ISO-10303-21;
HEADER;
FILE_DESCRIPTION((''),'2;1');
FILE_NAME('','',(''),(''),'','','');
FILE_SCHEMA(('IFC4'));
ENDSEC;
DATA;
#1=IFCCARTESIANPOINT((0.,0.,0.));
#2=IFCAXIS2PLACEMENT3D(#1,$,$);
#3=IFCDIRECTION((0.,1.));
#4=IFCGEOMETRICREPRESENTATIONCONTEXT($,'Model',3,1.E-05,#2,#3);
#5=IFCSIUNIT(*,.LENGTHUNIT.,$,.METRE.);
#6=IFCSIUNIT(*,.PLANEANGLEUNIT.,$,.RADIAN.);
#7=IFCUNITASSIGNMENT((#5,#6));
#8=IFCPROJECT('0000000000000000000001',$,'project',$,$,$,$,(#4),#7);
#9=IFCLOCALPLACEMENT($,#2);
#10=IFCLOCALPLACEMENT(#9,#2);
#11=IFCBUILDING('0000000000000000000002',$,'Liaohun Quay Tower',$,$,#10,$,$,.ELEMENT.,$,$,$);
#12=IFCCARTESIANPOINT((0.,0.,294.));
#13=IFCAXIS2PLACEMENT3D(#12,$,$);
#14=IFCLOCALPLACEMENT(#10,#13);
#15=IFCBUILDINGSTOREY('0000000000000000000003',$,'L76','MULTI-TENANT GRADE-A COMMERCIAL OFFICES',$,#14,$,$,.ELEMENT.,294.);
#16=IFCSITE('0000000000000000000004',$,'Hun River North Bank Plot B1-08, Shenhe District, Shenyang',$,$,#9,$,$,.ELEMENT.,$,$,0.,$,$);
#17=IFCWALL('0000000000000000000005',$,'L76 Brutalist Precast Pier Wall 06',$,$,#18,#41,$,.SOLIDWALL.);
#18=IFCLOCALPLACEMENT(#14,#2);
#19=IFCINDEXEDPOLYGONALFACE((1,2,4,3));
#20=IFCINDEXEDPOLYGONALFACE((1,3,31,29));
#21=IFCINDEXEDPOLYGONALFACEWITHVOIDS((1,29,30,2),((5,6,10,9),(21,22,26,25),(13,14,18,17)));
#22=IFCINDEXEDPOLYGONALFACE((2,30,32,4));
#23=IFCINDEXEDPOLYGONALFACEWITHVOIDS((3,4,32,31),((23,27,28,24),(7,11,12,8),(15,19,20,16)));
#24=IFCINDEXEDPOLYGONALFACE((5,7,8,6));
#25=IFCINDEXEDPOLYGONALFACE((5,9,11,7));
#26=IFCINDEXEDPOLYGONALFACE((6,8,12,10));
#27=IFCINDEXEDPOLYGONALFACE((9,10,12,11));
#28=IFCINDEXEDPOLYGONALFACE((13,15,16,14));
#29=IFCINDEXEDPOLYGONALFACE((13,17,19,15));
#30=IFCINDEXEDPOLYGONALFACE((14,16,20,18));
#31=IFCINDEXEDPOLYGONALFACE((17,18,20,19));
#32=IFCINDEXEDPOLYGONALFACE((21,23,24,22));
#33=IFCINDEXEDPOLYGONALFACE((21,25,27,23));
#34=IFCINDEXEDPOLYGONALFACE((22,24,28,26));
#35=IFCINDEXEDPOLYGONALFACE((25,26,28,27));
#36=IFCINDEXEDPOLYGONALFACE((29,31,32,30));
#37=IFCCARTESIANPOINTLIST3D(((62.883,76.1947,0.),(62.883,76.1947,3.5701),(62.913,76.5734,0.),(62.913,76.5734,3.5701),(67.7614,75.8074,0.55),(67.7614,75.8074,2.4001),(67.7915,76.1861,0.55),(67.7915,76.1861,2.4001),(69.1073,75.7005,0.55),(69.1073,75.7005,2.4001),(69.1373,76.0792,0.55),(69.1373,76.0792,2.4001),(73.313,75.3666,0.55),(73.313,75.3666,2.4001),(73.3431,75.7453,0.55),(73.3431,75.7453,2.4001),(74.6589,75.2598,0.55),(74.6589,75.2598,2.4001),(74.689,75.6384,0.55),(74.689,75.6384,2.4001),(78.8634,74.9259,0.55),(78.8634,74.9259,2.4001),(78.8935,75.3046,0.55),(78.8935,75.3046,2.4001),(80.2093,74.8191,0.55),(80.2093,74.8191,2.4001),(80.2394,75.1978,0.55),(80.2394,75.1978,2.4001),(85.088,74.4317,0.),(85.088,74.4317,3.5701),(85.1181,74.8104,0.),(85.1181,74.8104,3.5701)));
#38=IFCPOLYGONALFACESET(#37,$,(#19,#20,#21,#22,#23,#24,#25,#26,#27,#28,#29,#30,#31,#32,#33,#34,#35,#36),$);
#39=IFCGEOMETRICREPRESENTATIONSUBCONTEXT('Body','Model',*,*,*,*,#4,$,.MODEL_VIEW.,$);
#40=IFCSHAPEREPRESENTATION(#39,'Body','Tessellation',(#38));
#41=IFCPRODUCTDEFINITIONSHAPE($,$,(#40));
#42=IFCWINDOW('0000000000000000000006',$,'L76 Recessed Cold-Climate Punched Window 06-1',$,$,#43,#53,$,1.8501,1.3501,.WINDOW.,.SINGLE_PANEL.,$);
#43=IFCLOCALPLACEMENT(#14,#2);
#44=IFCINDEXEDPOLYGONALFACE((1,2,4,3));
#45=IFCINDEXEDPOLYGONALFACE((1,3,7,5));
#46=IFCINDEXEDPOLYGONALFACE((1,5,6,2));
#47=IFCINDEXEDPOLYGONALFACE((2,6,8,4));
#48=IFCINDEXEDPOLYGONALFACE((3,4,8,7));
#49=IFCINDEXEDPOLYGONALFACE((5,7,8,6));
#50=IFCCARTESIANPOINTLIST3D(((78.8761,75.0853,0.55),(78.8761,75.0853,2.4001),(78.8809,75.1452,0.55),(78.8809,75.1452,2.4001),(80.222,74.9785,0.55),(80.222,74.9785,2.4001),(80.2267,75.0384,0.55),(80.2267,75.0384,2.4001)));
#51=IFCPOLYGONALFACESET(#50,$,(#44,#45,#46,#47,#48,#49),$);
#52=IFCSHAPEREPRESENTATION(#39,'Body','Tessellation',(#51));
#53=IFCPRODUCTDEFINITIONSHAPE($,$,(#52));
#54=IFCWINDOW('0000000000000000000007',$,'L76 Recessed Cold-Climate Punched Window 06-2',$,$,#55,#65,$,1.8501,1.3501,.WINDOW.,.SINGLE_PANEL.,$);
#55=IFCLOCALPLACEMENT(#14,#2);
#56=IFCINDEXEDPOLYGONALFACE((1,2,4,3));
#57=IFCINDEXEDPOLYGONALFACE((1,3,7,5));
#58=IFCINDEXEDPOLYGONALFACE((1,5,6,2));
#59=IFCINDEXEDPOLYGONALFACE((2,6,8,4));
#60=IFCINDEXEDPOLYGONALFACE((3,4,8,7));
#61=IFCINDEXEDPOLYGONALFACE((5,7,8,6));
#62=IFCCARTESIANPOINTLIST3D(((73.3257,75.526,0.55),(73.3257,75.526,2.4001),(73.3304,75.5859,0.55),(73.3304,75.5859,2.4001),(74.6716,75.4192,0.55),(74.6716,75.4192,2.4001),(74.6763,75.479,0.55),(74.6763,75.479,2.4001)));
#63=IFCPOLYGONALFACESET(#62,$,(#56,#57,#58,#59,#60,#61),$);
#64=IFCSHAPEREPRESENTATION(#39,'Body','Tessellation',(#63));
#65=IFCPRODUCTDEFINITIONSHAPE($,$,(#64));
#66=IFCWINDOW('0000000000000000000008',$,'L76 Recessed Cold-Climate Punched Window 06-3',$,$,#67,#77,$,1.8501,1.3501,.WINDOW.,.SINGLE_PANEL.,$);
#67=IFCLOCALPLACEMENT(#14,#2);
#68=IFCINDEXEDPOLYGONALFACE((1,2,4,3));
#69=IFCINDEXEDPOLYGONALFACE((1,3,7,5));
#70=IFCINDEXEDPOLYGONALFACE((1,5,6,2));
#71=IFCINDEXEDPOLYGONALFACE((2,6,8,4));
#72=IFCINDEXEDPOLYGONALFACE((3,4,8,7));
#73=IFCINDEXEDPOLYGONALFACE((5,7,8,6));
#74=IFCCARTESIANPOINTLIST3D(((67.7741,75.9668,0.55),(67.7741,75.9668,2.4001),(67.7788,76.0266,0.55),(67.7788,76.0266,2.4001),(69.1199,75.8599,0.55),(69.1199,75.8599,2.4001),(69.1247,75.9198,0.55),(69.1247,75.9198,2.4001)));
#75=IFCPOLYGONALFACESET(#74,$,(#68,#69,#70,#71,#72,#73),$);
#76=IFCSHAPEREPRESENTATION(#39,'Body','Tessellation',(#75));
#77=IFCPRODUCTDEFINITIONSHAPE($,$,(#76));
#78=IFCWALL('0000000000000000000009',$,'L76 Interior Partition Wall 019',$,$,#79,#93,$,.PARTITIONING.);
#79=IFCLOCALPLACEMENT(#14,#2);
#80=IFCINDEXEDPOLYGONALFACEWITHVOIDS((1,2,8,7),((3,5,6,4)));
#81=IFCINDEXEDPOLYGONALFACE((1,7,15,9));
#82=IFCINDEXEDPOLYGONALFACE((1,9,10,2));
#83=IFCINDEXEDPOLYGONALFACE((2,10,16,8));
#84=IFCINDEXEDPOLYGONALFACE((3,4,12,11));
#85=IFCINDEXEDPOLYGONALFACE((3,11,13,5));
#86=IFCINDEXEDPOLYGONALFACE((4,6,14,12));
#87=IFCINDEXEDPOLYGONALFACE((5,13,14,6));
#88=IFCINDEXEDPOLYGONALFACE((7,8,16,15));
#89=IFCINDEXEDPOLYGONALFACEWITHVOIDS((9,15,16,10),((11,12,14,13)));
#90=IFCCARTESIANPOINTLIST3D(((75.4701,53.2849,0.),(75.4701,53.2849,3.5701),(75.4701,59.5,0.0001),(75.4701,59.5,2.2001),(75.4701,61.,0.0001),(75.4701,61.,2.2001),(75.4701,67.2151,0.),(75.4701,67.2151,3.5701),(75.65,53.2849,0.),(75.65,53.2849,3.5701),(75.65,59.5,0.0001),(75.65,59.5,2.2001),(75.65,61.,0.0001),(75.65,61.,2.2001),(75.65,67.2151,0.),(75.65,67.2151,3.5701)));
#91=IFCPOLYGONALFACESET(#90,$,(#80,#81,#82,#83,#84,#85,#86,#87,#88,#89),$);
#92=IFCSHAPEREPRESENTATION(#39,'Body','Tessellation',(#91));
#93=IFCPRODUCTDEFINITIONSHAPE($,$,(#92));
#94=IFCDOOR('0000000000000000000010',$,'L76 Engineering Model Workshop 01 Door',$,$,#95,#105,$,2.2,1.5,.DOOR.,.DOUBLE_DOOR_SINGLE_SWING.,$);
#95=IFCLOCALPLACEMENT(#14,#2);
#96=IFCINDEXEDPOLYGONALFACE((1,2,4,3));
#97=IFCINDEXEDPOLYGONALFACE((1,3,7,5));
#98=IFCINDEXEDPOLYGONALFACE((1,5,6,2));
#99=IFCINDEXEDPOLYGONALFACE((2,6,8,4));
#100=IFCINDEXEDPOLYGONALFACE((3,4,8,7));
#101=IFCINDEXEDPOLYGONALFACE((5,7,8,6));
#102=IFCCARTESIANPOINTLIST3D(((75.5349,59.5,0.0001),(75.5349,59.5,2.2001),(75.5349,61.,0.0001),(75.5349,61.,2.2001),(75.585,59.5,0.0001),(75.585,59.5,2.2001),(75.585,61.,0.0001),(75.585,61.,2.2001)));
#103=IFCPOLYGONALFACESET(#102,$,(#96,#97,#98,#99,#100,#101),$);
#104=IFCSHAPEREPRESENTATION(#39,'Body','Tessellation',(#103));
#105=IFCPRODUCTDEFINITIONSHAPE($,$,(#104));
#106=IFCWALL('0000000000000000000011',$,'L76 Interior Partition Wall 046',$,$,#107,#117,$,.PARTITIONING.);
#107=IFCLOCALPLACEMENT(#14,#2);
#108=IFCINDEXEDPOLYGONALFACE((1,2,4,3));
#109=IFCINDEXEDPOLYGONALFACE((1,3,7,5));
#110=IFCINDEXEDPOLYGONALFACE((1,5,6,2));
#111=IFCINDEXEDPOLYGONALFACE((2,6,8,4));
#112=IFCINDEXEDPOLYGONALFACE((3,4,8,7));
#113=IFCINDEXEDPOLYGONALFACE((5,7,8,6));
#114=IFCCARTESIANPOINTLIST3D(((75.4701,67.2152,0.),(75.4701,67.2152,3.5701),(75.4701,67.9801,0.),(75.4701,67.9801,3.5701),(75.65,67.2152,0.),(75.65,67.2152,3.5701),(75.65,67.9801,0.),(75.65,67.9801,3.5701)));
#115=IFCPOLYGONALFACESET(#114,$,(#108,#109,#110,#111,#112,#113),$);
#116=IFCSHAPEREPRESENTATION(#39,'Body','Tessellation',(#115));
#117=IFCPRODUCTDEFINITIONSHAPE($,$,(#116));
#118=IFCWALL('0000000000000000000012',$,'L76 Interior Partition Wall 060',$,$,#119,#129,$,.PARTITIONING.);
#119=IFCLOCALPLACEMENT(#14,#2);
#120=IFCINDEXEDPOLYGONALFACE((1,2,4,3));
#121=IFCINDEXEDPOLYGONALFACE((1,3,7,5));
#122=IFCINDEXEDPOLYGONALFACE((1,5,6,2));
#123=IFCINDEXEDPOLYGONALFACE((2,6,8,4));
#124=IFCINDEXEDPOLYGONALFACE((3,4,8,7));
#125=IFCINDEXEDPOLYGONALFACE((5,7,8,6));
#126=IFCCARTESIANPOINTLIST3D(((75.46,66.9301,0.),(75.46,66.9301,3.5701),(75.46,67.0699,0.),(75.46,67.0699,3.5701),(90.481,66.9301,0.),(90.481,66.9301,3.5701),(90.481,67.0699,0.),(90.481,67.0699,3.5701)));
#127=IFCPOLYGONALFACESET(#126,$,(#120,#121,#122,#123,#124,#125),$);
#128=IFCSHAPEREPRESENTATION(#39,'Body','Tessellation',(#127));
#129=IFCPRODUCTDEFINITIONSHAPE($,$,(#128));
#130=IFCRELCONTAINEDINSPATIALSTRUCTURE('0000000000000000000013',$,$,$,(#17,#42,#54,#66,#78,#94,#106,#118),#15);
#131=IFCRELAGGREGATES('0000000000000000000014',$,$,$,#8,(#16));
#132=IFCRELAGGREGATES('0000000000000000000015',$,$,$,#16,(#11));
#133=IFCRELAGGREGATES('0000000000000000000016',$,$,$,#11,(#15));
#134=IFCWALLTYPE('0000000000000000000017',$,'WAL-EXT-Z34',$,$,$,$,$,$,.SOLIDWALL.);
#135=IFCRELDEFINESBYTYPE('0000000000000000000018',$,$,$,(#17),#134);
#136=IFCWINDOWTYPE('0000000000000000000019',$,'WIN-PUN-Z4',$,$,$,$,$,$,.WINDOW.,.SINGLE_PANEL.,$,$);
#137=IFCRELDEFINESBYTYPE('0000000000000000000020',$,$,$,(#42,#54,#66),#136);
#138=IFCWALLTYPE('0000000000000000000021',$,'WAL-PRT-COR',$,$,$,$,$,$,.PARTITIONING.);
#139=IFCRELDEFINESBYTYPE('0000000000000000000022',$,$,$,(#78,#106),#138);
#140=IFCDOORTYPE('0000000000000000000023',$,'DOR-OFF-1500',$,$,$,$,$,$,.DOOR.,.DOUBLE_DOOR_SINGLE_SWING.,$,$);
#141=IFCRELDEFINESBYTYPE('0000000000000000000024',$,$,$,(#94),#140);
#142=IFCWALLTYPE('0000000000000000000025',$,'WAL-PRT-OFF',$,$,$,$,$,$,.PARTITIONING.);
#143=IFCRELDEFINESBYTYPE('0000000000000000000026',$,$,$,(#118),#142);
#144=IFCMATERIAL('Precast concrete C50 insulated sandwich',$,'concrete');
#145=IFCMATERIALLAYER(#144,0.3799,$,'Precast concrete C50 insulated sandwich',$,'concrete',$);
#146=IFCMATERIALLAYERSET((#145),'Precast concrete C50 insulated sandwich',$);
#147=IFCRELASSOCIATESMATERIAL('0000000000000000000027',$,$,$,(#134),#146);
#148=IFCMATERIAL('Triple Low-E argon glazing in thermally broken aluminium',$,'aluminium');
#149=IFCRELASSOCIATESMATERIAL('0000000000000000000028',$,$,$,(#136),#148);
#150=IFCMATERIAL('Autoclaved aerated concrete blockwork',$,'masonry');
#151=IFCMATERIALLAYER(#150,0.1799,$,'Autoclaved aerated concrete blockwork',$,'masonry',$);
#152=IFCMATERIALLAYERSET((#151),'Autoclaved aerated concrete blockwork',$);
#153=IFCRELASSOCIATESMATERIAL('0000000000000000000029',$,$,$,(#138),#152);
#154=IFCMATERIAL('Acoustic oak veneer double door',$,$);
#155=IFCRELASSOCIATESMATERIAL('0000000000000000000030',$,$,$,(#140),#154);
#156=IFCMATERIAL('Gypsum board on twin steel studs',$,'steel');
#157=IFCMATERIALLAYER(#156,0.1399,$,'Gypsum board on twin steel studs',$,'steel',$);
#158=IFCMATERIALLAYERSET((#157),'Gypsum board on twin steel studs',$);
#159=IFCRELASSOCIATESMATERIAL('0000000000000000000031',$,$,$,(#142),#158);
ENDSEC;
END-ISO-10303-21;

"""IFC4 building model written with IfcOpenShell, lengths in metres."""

from ifc_helpers import new_model, si_unit, direction, frame, frame_2d, origin, place, context, subcontext, project, spatial, rectangle, extrude, source, transform, mapped, material, layer, layer_set, type_object, element, fill, save


model = new_model("IFC4")

# Units and contexts
model_context = context("Model", 3, precision=1e-05, world=origin(), true_north=direction((0.0, 1.0)))
body_context = subcontext(model_context, "Body", "Model", "MODEL_VIEW")
ifc_project = project(units=[si_unit("LENGTHUNIT", "METRE"), si_unit("PLANEANGLEUNIT", "RADIAN")], contexts=[model_context])

# Site, building, storey
site_placement = place(None, origin())
site = spatial("IfcSite", under=ifc_project, at=site_placement, Name="Hun River North Bank Plot B1-08, Shenhe District, Shenyang", CompositionType="ELEMENT", RefElevation=0.0)
building_placement = place(site_placement, origin())
building = spatial("IfcBuilding", under=site, at=building_placement, Name="Liaohun Quay Tower", CompositionType="ELEMENT")
storey_placement = place(building_placement, frame((0.0, 0.0, 294.0)))
storey = spatial("IfcBuildingStorey", under=building, at=storey_placement, Name="L76", Description="MULTI-TENANT GRADE-A COMMERCIAL OFFICES", CompositionType="ELEMENT", Elevation=294.0)

# Shared definitions
ifc_material_1 = material(Name="Precast concrete C50 insulated sandwich", Category="concrete")
ifc_layer_1 = layer(ifc_material_1, 0.3799, Name="Precast concrete C50 insulated sandwich", Category="concrete")
ifc_layer_set_1 = layer_set([ifc_layer_1], Name="Precast concrete C50 insulated sandwich")
wall_type_1 = type_object("IfcWallType", Name="WAL-EXT-Z34", PredefinedType="SOLIDWALL", material=ifc_layer_set_1)

# Wall, openings, windows
wall_1_placement = place(storey_placement, frame((85.103, 74.6211, 0.0), z_axis=(0.0, 0.0, 1.0), x_axis=(-0.996863, 0.079144, 0.0)))
wall_1 = element("IfcWall", 1, at=wall_1_placement, inside=storey, type_object=wall_type_1, Name="L76 Brutalist Precast Pier Wall 06", PredefinedType="SOLIDWALL", context=body_context, shape_type="SweptSolid", body=[
    extrude(rectangle(XDim=22.2749, YDim=0.3799, at=frame_2d((11.1375, 0.0))), origin(), (0.0, 0.0, 1.0), 3.5701),
])
shared_shape_1 = source(origin(), body_context, "Body", "SweptSolid", [
    extrude(rectangle(XDim=1.3501, YDim=1.8501, at=frame_2d((0.675, 0.925))), frame((0.0, 0.2, 0.0), z_axis=(0.0, -1.0, 0.0), x_axis=(1.0, 0.0, 0.0)), (0.0, 0.0, 1.0), 0.3999),
])
opening_1_placement = place(wall_1_placement, frame((4.894, 0.0, 0.55)))
opening_1 = element("IfcOpeningElement", 2, at=opening_1_placement, cuts=wall_1, PredefinedType="OPENING", context=body_context, shape_type="MappedRepresentation", body=[
    mapped(shared_shape_1, transform((0.0, 0.0, 0.0), x_axis=(1.0, 0.0, 0.0), y_axis=(0.0, 1.0, 0.0), z_axis=(0.0, 0.0, 1.0), scale=1.0)),
])
opening_2_placement = place(wall_1_placement, frame((10.4619, 0.0, 0.55)))
opening_2 = element("IfcOpeningElement", 3, at=opening_2_placement, cuts=wall_1, PredefinedType="OPENING", context=body_context, shape_type="MappedRepresentation", body=[
    mapped(shared_shape_1, transform((0.0, 0.0, 0.0), x_axis=(1.0, 0.0, 0.0), y_axis=(0.0, 1.0, 0.0), z_axis=(0.0, 0.0, 1.0), scale=1.0)),
])
opening_3_placement = place(wall_1_placement, frame((16.031, 0.0, 0.55)))
opening_3 = element("IfcOpeningElement", 4, at=opening_3_placement, cuts=wall_1, PredefinedType="OPENING", context=body_context, shape_type="MappedRepresentation", body=[
    mapped(shared_shape_1, transform((0.0, 0.0, 0.0), x_axis=(1.0, 0.0, 0.0), y_axis=(0.0, 1.0, 0.0), z_axis=(0.0, 0.0, 1.0), scale=1.0)),
])
ifc_material_2 = material(Name="Triple Low-E argon glazing in thermally broken aluminium", Category="aluminium")
window_type_1 = type_object("IfcWindowType", Name="WIN-PUN-Z4", PartitioningType="SINGLE_PANEL", PredefinedType="WINDOW", material=ifc_material_2)
shared_shape_2 = source(origin(), body_context, "Body", "SweptSolid", [
    extrude(rectangle(XDim=1.3501, YDim=1.8501, at=frame_2d((0.675, 0.925))), frame((0.0, 0.03, 0.0), z_axis=(0.0, -1.0, 0.0), x_axis=(1.0, 0.0, 0.0)), (0.0, 0.0, 1.0), 0.0601),
])
window_1_placement = place(opening_1_placement, origin())
window_1 = element("IfcWindow", 5, at=window_1_placement, inside=storey, type_object=window_type_1, Name="L76 Recessed Cold-Climate Punched Window 06-1", OverallHeight=1.8501, OverallWidth=1.3501, PartitioningType="SINGLE_PANEL", PredefinedType="WINDOW", context=body_context, shape_type="MappedRepresentation", body=[
    mapped(shared_shape_2, transform((0.0, 0.0, 0.0), x_axis=(1.0, 0.0, 0.0), y_axis=(0.0, 1.0, 0.0), z_axis=(0.0, 0.0, 1.0), scale=1.0)),
])
fill(opening_1, window_1)
window_2_placement = place(opening_2_placement, origin())
window_2 = element("IfcWindow", 6, at=window_2_placement, inside=storey, type_object=window_type_1, Name="L76 Recessed Cold-Climate Punched Window 06-2", OverallHeight=1.8501, OverallWidth=1.3501, PartitioningType="SINGLE_PANEL", PredefinedType="WINDOW", context=body_context, shape_type="MappedRepresentation", body=[
    mapped(shared_shape_2, transform((0.0, 0.0, 0.0), x_axis=(1.0, 0.0, 0.0), y_axis=(0.0, 1.0, 0.0), z_axis=(0.0, 0.0, 1.0), scale=1.0)),
])
fill(opening_2, window_2)
window_3_placement = place(opening_3_placement, origin())
window_3 = element("IfcWindow", 7, at=window_3_placement, inside=storey, type_object=window_type_1, Name="L76 Recessed Cold-Climate Punched Window 06-3", OverallHeight=1.8501, OverallWidth=1.3501, PartitioningType="SINGLE_PANEL", PredefinedType="WINDOW", context=body_context, shape_type="MappedRepresentation", body=[
    mapped(shared_shape_2, transform((0.0, 0.0, 0.0), x_axis=(1.0, 0.0, 0.0), y_axis=(0.0, 1.0, 0.0), z_axis=(0.0, 0.0, 1.0), scale=1.0)),
])
fill(opening_3, window_3)

# Wall, opening, door
ifc_material_3 = material(Name="Autoclaved aerated concrete blockwork", Category="masonry")
ifc_layer_2 = layer(ifc_material_3, 0.1799, Name="Autoclaved aerated concrete blockwork", Category="masonry")
ifc_layer_set_2 = layer_set([ifc_layer_2], Name="Autoclaved aerated concrete blockwork")
wall_type_2 = type_object("IfcWallType", Name="WAL-PRT-COR", PredefinedType="PARTITIONING", material=ifc_layer_set_2)
wall_2_placement = place(storey_placement, frame((75.5601, 67.2151, 0.0), z_axis=(0.0, 0.0, 1.0), x_axis=(0.0, -1.0, 0.0)))
wall_2 = element("IfcWall", 8, at=wall_2_placement, inside=storey, type_object=wall_type_2, Name="L76 Interior Partition Wall 019", PredefinedType="PARTITIONING", context=body_context, shape_type="SweptSolid", body=[
    extrude(rectangle(XDim=13.9302, YDim=0.1799, at=frame_2d((6.9651, 0.0))), origin(), (0.0, 0.0, 1.0), 3.5701),
])
shared_shape_3 = source(origin(), body_context, "Body", "SweptSolid", [
    extrude(rectangle(XDim=1.5, YDim=2.2, at=frame_2d((0.75, 1.1001))), frame((0.0, 0.0999, 0.0), z_axis=(0.0, -1.0, 0.0), x_axis=(1.0, 0.0, 0.0)), (0.0, 0.0, 1.0), 0.2),
])
opening_4_placement = place(wall_2_placement, frame((6.2151, 0.0, 0.0)))
opening_4 = element("IfcOpeningElement", 9, at=opening_4_placement, cuts=wall_2, PredefinedType="OPENING", context=body_context, shape_type="MappedRepresentation", body=[
    mapped(shared_shape_3, transform((0.0, 0.0, 0.0), x_axis=(1.0, 0.0, 0.0), y_axis=(0.0, 1.0, 0.0), z_axis=(0.0, 0.0, 1.0), scale=1.0)),
])
ifc_material_4 = material(Name="Acoustic oak veneer double door")
door_type = type_object("IfcDoorType", Name="DOR-OFF-1500", OperationType="DOUBLE_DOOR_SINGLE_SWING", PredefinedType="DOOR", material=ifc_material_4)
shared_shape_4 = source(origin(), body_context, "Body", "SweptSolid", [
    extrude(rectangle(XDim=1.5, YDim=2.2, at=frame_2d((0.75, 1.1001))), frame((0.0, 0.0249, 0.0), z_axis=(0.0, -1.0, 0.0), x_axis=(1.0, 0.0, 0.0)), (0.0, 0.0, 1.0), 0.05),
])
door_placement = place(opening_4_placement, origin())
door = element("IfcDoor", 10, at=door_placement, inside=storey, type_object=door_type, Name="L76 Engineering Model Workshop 01 Door", OperationType="DOUBLE_DOOR_SINGLE_SWING", OverallHeight=2.2, OverallWidth=1.5, PredefinedType="DOOR", context=body_context, shape_type="MappedRepresentation", body=[
    mapped(shared_shape_4, transform((0.0, 0.0, 0.0), x_axis=(1.0, 0.0, 0.0), y_axis=(0.0, 1.0, 0.0), z_axis=(0.0, 0.0, 1.0), scale=1.0)),
])
fill(opening_4, door)

# Walls
wall_3_placement = place(storey_placement, frame((75.5601, 67.98, 0.0), z_axis=(0.0, 0.0, 1.0), x_axis=(0.0, -1.0, 0.0)))
element("IfcWall", 11, at=wall_3_placement, inside=storey, type_object=wall_type_2, Name="L76 Interior Partition Wall 046", PredefinedType="PARTITIONING", context=body_context, shape_type="SweptSolid", body=[
    extrude(rectangle(XDim=0.7649, YDim=0.1799, at=frame_2d((0.3823, 0.0))), origin(), (0.0, 0.0, 1.0), 3.5701),
])
ifc_material_5 = material(Name="Gypsum board on twin steel studs", Category="steel")
ifc_layer_3 = layer(ifc_material_5, 0.1399, Name="Gypsum board on twin steel studs", Category="steel")
ifc_layer_set_3 = layer_set([ifc_layer_3], Name="Gypsum board on twin steel studs")
wall_type_3 = type_object("IfcWallType", Name="WAL-PRT-OFF", PredefinedType="PARTITIONING", material=ifc_layer_set_3)
wall_4_placement = place(storey_placement, frame((75.46, 67.0, 0.0), z_axis=(0.0, 0.0, 1.0), x_axis=(1.0, 0.0, 0.0)))
element("IfcWall", 12, at=wall_4_placement, inside=storey, type_object=wall_type_3, Name="L76 Interior Partition Wall 060", PredefinedType="PARTITIONING", context=body_context, shape_type="SweptSolid", body=[
    extrude(rectangle(XDim=15.021, YDim=0.1399, at=frame_2d((7.5105, 0.0))), origin(), (0.0, 0.0, 1.0), 3.5701),
])

save(model, "model.ifc")
